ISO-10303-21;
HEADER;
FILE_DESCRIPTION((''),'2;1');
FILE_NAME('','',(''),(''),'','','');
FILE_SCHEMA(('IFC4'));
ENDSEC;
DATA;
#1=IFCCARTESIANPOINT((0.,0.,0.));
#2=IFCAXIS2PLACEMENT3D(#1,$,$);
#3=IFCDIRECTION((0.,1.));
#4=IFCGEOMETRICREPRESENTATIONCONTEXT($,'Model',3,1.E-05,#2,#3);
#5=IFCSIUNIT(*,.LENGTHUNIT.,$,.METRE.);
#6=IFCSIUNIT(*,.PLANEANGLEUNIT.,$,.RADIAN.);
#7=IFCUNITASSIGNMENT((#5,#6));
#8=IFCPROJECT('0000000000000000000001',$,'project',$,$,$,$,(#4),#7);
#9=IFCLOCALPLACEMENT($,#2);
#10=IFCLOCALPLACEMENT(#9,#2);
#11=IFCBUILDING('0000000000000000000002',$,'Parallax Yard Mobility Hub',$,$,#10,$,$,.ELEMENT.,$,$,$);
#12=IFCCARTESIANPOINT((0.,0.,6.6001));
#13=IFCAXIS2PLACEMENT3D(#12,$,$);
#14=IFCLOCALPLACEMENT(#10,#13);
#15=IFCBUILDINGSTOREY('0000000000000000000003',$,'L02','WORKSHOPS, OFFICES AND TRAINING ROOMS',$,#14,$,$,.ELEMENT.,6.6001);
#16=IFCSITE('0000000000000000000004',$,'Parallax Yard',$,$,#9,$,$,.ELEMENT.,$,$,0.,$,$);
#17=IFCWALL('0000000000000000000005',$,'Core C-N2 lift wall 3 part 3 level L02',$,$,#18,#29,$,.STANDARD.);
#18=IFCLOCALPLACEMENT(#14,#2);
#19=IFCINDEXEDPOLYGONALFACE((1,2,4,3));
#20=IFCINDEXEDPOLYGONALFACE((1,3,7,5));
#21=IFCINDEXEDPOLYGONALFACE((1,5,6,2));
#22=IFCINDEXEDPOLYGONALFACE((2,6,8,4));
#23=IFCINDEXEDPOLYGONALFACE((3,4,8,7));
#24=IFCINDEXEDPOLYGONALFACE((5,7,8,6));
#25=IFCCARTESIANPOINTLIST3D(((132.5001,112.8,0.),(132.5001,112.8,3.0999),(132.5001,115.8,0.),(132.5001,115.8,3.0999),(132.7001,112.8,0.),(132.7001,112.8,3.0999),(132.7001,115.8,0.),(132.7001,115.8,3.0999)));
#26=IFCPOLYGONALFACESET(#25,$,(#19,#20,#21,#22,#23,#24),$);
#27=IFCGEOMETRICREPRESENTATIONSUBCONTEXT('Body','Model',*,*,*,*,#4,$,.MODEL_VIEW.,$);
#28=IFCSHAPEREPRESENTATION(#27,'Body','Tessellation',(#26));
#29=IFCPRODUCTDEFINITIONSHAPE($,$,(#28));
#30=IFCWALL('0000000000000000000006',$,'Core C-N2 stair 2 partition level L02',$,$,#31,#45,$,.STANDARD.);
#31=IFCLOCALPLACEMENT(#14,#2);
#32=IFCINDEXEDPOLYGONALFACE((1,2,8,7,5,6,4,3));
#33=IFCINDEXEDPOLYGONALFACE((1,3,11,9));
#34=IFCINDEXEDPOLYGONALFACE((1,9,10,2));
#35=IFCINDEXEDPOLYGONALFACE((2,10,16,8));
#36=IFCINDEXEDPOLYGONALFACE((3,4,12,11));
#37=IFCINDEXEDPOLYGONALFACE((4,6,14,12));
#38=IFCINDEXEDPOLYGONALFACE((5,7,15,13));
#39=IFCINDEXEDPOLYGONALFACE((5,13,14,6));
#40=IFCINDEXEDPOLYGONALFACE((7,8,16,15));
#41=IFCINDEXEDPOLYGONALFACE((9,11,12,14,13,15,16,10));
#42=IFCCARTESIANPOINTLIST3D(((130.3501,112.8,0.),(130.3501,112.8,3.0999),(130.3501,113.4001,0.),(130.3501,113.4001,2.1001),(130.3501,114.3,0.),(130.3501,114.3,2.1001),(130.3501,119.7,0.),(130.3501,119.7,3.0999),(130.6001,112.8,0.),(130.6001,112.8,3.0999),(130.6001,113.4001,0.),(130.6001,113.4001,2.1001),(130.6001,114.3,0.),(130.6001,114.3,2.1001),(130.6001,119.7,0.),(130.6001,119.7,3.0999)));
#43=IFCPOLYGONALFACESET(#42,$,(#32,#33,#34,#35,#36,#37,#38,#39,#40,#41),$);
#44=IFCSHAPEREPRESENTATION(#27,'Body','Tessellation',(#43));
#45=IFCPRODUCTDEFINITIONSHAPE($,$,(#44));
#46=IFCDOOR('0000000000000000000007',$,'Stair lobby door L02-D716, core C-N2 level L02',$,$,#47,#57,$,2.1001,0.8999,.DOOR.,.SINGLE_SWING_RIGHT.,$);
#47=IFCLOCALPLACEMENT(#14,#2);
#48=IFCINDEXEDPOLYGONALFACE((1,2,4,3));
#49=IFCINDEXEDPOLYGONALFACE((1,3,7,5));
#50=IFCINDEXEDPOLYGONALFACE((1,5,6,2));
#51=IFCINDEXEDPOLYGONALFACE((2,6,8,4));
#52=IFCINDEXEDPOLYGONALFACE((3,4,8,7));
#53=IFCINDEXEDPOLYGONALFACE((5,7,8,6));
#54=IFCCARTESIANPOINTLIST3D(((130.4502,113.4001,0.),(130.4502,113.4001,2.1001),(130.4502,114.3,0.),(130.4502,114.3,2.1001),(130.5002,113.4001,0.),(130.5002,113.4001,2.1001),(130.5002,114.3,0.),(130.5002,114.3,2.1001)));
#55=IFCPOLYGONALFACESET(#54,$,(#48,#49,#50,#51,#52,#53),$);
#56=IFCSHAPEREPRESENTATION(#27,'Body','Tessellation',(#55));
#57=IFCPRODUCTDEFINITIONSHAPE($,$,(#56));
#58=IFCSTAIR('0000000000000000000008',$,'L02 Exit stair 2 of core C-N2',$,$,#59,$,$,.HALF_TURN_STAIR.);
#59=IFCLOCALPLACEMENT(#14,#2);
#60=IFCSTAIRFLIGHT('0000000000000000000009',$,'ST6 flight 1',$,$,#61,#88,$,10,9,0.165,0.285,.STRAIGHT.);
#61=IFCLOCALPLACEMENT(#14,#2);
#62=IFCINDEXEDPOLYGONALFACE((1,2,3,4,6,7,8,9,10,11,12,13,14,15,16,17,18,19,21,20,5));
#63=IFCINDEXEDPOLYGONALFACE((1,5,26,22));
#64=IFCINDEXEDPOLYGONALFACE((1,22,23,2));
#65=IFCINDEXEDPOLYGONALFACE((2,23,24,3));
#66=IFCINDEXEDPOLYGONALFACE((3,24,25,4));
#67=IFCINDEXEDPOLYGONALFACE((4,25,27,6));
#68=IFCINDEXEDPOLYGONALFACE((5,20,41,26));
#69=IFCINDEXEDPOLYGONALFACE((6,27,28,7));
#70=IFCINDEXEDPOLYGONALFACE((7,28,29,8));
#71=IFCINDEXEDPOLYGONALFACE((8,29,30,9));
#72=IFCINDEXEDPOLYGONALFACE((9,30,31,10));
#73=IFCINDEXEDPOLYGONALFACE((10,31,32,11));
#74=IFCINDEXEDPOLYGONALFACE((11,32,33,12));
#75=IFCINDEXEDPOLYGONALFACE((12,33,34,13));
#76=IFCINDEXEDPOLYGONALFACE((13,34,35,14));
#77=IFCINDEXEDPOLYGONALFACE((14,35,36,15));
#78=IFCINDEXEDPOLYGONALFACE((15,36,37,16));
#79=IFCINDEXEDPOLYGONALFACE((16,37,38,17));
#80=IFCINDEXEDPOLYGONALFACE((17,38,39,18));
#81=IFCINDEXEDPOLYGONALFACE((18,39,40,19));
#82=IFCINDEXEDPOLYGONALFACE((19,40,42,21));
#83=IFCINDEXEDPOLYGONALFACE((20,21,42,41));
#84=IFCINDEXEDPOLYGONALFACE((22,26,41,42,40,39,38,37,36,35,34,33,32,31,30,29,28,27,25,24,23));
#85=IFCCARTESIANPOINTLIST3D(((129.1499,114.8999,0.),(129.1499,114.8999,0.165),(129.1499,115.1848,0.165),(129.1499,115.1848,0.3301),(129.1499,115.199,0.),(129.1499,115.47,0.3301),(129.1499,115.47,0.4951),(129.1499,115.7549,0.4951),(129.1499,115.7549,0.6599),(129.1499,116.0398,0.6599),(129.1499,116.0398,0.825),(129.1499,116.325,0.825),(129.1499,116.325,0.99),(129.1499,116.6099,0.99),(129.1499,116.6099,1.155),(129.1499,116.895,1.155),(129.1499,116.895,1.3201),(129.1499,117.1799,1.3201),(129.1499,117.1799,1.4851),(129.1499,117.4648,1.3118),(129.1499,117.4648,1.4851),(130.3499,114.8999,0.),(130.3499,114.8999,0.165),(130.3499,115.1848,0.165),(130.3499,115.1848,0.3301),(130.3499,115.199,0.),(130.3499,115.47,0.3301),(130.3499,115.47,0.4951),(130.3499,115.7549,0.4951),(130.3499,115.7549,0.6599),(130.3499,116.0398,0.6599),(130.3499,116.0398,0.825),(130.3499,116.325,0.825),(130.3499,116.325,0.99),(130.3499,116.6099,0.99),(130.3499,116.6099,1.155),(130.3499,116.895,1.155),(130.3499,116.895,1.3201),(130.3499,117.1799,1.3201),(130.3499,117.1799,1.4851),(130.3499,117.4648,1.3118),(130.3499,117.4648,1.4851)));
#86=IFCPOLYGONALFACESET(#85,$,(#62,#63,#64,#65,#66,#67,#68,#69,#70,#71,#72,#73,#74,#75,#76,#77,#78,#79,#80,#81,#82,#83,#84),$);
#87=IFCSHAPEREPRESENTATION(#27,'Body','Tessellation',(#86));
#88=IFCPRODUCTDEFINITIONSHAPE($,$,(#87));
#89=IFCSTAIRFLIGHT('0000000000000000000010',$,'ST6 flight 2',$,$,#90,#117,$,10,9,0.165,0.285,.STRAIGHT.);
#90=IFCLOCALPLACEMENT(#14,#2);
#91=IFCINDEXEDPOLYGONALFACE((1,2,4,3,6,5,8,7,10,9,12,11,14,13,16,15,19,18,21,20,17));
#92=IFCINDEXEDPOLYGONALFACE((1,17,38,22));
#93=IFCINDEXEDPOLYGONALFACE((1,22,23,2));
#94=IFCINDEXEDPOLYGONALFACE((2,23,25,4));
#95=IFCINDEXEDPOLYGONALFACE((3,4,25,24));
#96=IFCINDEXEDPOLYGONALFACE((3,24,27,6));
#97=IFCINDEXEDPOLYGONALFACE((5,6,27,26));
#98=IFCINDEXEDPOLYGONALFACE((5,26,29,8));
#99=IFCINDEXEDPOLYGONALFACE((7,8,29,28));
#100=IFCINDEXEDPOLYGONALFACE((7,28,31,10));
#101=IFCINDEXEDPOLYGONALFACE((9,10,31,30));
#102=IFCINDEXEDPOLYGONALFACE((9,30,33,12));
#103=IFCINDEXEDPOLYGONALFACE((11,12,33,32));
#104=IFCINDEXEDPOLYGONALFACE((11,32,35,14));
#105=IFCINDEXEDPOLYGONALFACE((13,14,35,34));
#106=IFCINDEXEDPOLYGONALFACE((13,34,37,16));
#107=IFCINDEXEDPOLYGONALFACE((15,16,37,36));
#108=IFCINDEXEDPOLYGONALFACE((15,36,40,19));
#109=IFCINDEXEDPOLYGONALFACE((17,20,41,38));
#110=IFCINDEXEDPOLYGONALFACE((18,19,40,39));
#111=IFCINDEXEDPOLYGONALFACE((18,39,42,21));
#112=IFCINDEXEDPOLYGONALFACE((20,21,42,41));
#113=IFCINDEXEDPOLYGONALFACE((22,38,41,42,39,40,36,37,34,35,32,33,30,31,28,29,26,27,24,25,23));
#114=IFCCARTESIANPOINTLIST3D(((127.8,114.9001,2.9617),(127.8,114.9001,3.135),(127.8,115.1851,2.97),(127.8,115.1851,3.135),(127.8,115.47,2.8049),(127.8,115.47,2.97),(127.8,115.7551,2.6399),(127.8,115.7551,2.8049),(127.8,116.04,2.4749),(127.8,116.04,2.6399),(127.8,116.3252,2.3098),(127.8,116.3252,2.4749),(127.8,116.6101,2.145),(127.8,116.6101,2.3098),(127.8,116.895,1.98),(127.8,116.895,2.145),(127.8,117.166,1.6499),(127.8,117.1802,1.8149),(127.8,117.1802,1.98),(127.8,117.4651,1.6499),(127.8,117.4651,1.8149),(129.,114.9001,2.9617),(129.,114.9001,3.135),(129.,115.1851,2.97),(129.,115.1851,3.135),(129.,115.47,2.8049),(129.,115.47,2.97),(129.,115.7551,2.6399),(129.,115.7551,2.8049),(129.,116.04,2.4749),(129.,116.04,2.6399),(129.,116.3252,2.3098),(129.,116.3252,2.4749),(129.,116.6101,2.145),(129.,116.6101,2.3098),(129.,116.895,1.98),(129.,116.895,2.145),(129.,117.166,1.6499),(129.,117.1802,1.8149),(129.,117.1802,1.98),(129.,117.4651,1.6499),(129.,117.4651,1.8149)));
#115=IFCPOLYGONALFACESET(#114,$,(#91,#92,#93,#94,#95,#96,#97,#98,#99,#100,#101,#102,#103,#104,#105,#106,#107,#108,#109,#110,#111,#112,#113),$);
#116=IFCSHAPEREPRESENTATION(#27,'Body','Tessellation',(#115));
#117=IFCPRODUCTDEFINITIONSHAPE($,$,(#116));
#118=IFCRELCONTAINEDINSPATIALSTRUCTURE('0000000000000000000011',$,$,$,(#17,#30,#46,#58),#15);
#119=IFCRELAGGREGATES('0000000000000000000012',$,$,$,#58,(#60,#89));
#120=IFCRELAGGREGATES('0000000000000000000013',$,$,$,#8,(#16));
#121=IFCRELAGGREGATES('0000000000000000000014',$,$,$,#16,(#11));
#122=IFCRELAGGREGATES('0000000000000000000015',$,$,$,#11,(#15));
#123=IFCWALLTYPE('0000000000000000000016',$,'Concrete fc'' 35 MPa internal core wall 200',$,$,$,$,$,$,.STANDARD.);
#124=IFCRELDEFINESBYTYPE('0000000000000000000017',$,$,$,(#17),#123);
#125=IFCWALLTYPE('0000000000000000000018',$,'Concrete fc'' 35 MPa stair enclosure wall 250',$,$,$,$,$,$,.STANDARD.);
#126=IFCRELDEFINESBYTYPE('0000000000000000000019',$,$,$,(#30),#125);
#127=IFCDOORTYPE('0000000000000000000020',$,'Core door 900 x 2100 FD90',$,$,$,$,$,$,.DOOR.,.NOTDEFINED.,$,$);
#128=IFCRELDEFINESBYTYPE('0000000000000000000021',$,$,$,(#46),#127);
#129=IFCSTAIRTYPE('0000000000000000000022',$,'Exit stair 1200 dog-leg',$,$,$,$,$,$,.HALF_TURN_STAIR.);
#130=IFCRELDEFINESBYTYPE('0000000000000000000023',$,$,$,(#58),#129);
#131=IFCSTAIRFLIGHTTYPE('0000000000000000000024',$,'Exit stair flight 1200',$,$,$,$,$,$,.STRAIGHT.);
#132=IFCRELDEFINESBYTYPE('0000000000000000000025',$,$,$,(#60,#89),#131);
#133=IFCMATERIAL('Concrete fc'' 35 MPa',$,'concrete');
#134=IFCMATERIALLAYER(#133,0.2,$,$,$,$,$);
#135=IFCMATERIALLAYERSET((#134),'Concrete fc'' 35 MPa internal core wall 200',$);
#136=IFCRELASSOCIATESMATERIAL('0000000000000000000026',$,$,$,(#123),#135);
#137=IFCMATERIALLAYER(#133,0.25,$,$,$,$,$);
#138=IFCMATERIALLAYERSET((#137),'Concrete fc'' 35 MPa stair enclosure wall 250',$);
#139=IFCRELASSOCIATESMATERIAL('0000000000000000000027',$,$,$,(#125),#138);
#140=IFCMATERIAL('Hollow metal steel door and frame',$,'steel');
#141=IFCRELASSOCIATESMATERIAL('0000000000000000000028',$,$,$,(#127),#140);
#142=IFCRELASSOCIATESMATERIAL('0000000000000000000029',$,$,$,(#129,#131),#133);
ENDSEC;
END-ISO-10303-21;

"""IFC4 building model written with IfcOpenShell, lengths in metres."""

from ifc_helpers import new_model, si_unit, direction, frame, frame_2d, origin, place, context, subcontext, project, spatial, polyline, rectangle, outline, extrude, material, layer, layer_set, type_object, element, fill, aggregate, save


model = new_model("IFC4")

# Units and contexts
model_context = context("Model", 3, precision=1e-05, world=origin(), true_north=direction((0.0, 1.0)))
body_context = subcontext(model_context, "Body", "Model", "MODEL_VIEW")
ifc_project = project(units=[si_unit("LENGTHUNIT", "METRE"), si_unit("PLANEANGLEUNIT", "RADIAN")], contexts=[model_context])

# Site, building, storey
site_placement = place(None, origin())
site = spatial("IfcSite", under=ifc_project, at=site_placement, Name="Parallax Yard", CompositionType="ELEMENT", RefElevation=0.0)
building_placement = place(site_placement, origin())
building = spatial("IfcBuilding", under=site, at=building_placement, Name="Parallax Yard Mobility Hub", CompositionType="ELEMENT")
storey_placement = place(building_placement, frame((0.0, 0.0, 6.6001)))
storey = spatial("IfcBuildingStorey", under=building, at=storey_placement, Name="L02", Description="WORKSHOPS, OFFICES AND TRAINING ROOMS", CompositionType="ELEMENT", Elevation=6.6001)

# Shared definitions
ifc_material_1 = material(Name="Concrete fc' 35 MPa", Category="concrete")
ifc_material_2 = material(Name="Hollow metal steel door and frame", Category="steel")

# Wall
ifc_layer_1 = layer(ifc_material_1, 0.2)
ifc_layer_set_1 = layer_set([ifc_layer_1], Name="Concrete fc' 35 MPa internal core wall 200")
wall_type_1 = type_object("IfcWallType", Name="Concrete fc' 35 MPa internal core wall 200", PredefinedType="STANDARD", material=ifc_layer_set_1)
wall_1_placement = place(storey_placement, frame((132.6001, 115.8, 0.0), z_axis=(0.0, 0.0, 1.0), x_axis=(0.0, -1.0, 0.0)))
element("IfcWall", 1, at=wall_1_placement, inside=storey, type_object=wall_type_1, Name="Core C-N2 lift wall 3 part 3 level L02", PredefinedType="STANDARD", context=body_context, shape_type="SweptSolid", body=[
    extrude(rectangle(XDim=3.0, YDim=0.2, at=frame_2d((1.5, 0.0))), origin(), (0.0, 0.0, 1.0), 3.0999),
])

# Wall, opening, door
ifc_layer_2 = layer(ifc_material_1, 0.25)
ifc_layer_set_2 = layer_set([ifc_layer_2], Name="Concrete fc' 35 MPa stair enclosure wall 250")
wall_type_2 = type_object("IfcWallType", Name="Concrete fc' 35 MPa stair enclosure wall 250", PredefinedType="STANDARD", material=ifc_layer_set_2)
wall_2_placement = place(storey_placement, frame((130.4751, 112.8, 0.0), z_axis=(0.0, 0.0, 1.0), x_axis=(0.0, 1.0, 0.0)))
wall_2 = element("IfcWall", 2, at=wall_2_placement, inside=storey, type_object=wall_type_2, Name="Core C-N2 stair 2 partition level L02", PredefinedType="STANDARD", context=body_context, shape_type="SweptSolid", body=[
    extrude(rectangle(XDim=6.8999, YDim=0.25, at=frame_2d((3.45, 0.0))), origin(), (0.0, 0.0, 1.0), 3.0999),
])
opening_1_placement = place(wall_2_placement, frame((0.6001, 0.0, 0.0)))
opening_1 = element("IfcOpeningElement", 3, at=opening_1_placement, cuts=wall_2, PredefinedType="OPENING", context=body_context, shape_type="SweptSolid", body=[
    extrude(rectangle(XDim=0.8999, YDim=2.1001, at=frame_2d((0.45, 1.05))), frame((0.0, 0.135, 0.0), z_axis=(0.0, -1.0, 0.0), x_axis=(1.0, 0.0, 0.0)), (0.0, 0.0, 1.0), 0.27),
])
door_type_1 = type_object("IfcDoorType", Name="Core door 900 x 2100 FD90", OperationType="NOTDEFINED", PredefinedType="DOOR", material=ifc_material_2)
door_1_placement = place(opening_1_placement, origin())
door_1 = element("IfcDoor", 4, at=door_1_placement, inside=storey, type_object=door_type_1, Name="Stair lobby door L02-D716, core C-N2 level L02", OperationType="SINGLE_SWING_RIGHT", OverallHeight=2.1001, OverallWidth=0.8999, PredefinedType="DOOR", context=body_context, shape_type="SweptSolid", body=[
    extrude(rectangle(XDim=0.8999, YDim=2.1001, at=frame_2d((0.45, 1.05))), frame((0.0, 0.0249, 0.0), z_axis=(0.0, -1.0, 0.0), x_axis=(1.0, 0.0, 0.0)), (0.0, 0.0, 1.0), 0.05),
])
fill(opening_1, door_1)

# Stair, stair flights
stair_type = type_object("IfcStairType", Name="Exit stair 1200 dog-leg", PredefinedType="HALF_TURN_STAIR", material=ifc_material_1)
stair_placement = place(storey_placement, origin())
stair = element("IfcStair", 5, at=stair_placement, inside=storey, type_object=stair_type, Name="L02 Exit stair 2 of core C-N2", PredefinedType="HALF_TURN_STAIR")
stair_flight_type = type_object("IfcStairFlightType", Name="Exit stair flight 1200", PredefinedType="STRAIGHT", material=ifc_material_1)
stair_flight_1_placement = place(storey_placement, frame((129.75, 114.8999, 0.0), z_axis=(0.0, 0.0, 1.0), x_axis=(0.0, 1.0, 0.0)))
stair_flight_1 = element("IfcStairFlight", 6, at=stair_flight_1_placement, type_object=stair_flight_type, Name="ST6 flight 1", NumberOfRisers=10, NumberOfTreads=9, PredefinedType="STRAIGHT", RiserHeight=0.165, TreadLength=0.285, context=body_context, shape_type="SweptSolid", body=[
    extrude(outline(polyline([(0.0, 0.0), (0.0, 0.165), (0.2849, 0.165), (0.2849, 0.3301), (0.5701, 0.3301), (0.5701, 0.4951), (0.855, 0.4951), (0.855, 0.6599), (1.1399, 0.6599), (1.1399, 0.825), (1.425, 0.825), (1.425, 0.99), (1.71, 0.99), (1.71, 1.155), (1.9951, 1.155), (1.9951, 1.3201), (2.28, 1.3201), (2.28, 1.4851), (2.5649, 1.4851), (2.5649, 1.6499), (2.5649, 1.3118), (0.2991, 0.0), (0.0, 0.0)])), frame((0.0, 0.6001, 0.0), z_axis=(0.0, -1.0, 0.0), x_axis=(1.0, 0.0, 0.0)), (0.0, 0.0, 1.0), 1.2),
])
stair_flight_2_placement = place(storey_placement, frame((128.3999, 117.4651, 1.6499), z_axis=(0.0, 0.0, 1.0), x_axis=(0.0, -1.0, 0.0)))
stair_flight_2 = element("IfcStairFlight", 7, at=stair_flight_2_placement, type_object=stair_flight_type, Name="ST6 flight 2", NumberOfRisers=10, NumberOfTreads=9, PredefinedType="STRAIGHT", RiserHeight=0.165, TreadLength=0.285, context=body_context, shape_type="SweptSolid", body=[
    extrude(outline(polyline([(0.0, 0.0), (0.0, 0.165), (0.2849, 0.165), (0.2849, 0.3301), (0.5701, 0.3301), (0.5701, 0.4951), (0.855, 0.4951), (0.855, 0.6599), (1.1399, 0.6599), (1.1399, 0.825), (1.425, 0.825), (1.425, 0.99), (1.71, 0.99), (1.71, 1.155), (1.9951, 1.155), (1.9951, 1.3201), (2.28, 1.3201), (2.28, 1.4851), (2.5649, 1.4851), (2.5649, 1.6499), (2.5649, 1.3118), (0.2991, 0.0), (0.0, 0.0)])), frame((0.0, 0.6001, 0.0), z_axis=(0.0, -1.0, 0.0), x_axis=(1.0, 0.0, 0.0)), (0.0, 0.0, 1.0), 1.2),
])
aggregate(stair, [stair_flight_1, stair_flight_2])

save(model, "model.ifc")
